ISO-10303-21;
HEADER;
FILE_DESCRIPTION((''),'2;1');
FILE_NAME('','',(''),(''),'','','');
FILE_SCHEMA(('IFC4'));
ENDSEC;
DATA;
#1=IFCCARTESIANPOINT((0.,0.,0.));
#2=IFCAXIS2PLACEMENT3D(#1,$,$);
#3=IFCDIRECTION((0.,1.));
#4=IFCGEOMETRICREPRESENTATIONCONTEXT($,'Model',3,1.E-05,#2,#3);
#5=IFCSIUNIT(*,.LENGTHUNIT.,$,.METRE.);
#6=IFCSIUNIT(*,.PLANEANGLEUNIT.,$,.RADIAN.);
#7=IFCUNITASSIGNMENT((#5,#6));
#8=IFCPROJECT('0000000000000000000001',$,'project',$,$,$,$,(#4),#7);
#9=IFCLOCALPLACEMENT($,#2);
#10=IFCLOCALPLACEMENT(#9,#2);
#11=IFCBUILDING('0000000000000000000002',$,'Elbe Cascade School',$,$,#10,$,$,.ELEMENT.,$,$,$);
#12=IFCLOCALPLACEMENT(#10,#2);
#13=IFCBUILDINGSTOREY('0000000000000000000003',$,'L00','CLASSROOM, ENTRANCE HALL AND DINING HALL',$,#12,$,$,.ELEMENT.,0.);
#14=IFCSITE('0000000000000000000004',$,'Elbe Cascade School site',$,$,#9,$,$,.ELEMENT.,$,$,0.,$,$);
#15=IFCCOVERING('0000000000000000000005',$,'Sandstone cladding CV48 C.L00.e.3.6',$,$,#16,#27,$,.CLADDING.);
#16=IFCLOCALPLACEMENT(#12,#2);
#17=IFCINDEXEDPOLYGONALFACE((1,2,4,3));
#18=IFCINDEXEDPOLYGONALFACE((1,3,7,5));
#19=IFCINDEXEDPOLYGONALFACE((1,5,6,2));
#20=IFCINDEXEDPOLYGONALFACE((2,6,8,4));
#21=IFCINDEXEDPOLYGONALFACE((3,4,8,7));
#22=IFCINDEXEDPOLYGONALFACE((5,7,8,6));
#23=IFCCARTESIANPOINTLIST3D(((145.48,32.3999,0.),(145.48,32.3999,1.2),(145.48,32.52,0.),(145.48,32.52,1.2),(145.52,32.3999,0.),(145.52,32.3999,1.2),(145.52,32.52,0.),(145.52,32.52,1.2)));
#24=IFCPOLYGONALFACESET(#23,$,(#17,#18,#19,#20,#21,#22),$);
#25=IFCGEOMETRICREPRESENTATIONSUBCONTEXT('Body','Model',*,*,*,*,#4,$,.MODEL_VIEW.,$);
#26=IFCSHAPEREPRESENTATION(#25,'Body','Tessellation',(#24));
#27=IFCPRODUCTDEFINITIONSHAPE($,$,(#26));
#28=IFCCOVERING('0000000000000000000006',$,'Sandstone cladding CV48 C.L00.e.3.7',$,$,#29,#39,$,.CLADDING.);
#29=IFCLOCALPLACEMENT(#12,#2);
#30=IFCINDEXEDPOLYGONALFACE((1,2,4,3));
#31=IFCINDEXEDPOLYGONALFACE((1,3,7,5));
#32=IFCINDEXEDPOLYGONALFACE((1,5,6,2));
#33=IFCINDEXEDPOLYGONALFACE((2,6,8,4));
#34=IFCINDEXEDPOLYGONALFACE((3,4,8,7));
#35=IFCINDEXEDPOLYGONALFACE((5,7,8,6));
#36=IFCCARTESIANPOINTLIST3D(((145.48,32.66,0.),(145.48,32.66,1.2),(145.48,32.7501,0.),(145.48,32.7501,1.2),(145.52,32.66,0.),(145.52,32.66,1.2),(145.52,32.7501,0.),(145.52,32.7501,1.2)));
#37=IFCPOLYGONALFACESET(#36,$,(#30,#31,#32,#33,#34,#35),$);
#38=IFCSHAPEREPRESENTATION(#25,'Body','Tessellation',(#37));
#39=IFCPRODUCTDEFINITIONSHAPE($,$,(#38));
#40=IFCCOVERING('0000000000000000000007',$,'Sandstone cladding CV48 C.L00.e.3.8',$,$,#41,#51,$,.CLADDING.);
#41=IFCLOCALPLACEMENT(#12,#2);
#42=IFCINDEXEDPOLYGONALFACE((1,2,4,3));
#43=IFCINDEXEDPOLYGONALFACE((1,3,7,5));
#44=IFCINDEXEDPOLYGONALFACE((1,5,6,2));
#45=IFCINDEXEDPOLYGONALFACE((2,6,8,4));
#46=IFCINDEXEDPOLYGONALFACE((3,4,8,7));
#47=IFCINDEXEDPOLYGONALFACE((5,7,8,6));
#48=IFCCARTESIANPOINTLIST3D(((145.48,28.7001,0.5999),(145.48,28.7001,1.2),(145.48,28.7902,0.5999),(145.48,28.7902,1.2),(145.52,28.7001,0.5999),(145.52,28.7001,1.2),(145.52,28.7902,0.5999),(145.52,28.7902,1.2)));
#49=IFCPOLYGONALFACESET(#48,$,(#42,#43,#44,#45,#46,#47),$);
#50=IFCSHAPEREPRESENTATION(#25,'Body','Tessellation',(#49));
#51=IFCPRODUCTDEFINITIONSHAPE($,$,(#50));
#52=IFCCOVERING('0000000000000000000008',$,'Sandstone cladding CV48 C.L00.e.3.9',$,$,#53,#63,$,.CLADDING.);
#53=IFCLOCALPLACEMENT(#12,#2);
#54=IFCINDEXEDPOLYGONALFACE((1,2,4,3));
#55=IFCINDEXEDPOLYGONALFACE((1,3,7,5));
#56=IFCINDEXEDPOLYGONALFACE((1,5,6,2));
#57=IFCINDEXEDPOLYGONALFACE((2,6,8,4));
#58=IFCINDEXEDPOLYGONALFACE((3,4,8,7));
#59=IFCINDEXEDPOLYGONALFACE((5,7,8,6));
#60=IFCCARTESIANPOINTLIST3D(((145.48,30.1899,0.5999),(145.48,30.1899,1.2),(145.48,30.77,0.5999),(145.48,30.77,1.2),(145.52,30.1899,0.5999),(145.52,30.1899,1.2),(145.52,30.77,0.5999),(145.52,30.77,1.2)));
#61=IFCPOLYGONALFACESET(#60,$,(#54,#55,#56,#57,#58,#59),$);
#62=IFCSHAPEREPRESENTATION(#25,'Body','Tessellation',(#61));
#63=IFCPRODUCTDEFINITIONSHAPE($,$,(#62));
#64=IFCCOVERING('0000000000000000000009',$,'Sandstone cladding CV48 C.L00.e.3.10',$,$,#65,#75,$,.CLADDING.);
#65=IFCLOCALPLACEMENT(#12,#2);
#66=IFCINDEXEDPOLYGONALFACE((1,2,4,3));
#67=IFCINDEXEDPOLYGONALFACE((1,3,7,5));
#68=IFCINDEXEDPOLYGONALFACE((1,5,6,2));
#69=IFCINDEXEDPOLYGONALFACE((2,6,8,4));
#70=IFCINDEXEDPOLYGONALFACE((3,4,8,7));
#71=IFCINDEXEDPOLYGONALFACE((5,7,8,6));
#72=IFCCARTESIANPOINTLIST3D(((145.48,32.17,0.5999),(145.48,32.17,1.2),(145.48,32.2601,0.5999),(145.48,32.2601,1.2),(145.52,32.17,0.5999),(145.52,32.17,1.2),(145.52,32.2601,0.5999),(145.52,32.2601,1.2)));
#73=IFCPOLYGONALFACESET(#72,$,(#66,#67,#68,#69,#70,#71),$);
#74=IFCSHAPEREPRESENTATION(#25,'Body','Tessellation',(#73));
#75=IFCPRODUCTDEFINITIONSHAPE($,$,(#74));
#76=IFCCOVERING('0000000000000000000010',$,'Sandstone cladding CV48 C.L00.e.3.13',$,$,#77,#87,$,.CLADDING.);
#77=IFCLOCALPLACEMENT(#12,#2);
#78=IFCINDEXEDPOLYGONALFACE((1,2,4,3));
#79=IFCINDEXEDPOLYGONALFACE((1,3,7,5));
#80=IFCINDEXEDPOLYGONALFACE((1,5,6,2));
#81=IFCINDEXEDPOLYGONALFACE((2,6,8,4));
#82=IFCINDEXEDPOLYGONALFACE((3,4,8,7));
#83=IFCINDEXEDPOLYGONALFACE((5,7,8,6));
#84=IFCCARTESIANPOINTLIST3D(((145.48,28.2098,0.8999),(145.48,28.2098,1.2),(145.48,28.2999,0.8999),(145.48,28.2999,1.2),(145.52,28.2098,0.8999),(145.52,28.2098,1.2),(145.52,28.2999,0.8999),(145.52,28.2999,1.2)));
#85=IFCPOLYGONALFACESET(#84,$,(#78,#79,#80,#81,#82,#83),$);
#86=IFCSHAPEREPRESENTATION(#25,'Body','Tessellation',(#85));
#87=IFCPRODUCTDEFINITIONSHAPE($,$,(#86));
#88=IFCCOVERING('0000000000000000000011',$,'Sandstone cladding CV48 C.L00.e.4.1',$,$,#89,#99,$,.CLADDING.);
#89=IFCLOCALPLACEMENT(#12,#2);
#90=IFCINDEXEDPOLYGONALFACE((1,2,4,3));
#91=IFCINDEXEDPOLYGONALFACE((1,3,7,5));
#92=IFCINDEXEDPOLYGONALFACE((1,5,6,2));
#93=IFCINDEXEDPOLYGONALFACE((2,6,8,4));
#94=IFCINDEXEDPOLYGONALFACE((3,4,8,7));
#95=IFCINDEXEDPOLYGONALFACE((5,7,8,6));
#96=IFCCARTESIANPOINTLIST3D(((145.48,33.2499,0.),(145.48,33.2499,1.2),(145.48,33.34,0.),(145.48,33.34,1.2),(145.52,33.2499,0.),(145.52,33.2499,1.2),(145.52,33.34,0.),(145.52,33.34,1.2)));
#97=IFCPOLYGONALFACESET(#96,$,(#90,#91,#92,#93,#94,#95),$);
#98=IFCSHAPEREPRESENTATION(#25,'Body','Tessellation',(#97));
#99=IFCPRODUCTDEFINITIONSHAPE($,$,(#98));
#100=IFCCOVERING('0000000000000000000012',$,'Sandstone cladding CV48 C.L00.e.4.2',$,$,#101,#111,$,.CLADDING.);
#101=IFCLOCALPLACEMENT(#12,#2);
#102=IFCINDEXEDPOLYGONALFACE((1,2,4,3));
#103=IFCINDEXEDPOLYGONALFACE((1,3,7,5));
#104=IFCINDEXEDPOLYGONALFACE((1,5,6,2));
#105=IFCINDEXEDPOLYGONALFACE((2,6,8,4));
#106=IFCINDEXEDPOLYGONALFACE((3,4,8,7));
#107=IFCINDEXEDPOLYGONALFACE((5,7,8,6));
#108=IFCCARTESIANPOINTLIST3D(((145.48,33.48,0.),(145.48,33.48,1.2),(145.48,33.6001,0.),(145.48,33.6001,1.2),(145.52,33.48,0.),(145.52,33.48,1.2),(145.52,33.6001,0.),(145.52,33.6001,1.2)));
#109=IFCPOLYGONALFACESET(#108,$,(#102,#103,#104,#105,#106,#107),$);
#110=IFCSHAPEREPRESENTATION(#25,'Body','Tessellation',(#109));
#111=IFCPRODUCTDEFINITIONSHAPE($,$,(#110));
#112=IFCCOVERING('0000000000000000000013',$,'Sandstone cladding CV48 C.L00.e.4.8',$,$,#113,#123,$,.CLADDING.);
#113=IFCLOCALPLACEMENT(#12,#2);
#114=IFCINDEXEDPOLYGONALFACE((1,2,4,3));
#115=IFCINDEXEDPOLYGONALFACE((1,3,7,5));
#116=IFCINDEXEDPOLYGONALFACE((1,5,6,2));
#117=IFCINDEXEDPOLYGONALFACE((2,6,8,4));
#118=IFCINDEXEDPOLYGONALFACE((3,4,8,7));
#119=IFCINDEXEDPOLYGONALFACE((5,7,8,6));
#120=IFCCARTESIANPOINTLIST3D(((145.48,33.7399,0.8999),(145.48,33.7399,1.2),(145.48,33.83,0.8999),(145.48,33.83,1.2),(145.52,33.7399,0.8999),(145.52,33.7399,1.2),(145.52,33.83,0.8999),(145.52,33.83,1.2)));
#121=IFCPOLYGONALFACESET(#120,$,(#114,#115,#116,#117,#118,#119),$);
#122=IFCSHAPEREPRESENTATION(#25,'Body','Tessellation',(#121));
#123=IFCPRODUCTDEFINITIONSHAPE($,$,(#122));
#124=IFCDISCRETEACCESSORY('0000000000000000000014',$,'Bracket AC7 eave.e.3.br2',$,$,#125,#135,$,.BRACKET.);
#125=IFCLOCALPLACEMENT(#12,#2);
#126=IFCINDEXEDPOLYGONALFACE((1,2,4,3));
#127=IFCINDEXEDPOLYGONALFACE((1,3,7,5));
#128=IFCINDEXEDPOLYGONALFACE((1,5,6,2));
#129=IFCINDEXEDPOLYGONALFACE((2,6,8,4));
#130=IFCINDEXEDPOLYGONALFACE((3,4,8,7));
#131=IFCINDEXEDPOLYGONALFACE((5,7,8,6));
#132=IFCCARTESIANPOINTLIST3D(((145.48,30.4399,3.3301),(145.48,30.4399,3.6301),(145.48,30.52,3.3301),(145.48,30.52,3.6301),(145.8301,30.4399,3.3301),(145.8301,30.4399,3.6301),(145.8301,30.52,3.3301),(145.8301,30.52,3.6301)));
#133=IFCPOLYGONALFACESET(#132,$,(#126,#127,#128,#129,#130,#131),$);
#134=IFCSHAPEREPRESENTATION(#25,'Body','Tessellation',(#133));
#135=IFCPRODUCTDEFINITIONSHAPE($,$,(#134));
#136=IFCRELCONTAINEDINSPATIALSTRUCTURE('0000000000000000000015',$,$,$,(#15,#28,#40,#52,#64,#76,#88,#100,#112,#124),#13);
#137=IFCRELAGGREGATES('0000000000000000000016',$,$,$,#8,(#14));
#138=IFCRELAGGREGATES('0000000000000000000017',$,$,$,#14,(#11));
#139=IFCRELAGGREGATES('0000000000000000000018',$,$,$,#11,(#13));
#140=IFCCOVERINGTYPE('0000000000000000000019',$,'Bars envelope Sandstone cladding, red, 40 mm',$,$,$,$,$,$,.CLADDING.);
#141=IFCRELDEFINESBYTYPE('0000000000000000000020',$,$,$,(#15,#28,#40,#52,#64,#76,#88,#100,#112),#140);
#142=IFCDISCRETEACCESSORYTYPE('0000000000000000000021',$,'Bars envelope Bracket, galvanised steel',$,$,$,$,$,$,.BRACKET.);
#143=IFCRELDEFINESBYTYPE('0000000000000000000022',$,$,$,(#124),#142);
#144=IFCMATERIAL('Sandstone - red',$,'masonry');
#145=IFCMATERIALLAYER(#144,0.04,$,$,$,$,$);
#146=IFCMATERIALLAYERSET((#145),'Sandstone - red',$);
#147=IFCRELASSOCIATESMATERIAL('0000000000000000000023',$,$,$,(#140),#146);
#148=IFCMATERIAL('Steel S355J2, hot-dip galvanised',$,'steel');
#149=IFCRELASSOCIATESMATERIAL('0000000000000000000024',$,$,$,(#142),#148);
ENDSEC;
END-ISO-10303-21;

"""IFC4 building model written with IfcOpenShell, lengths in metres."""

from ifc_helpers import new_model, si_unit, direction, frame, origin, origin_2d, place, context, subcontext, project, spatial, rectangle, extrude, material, layer, layer_set, type_object, element, save


model = new_model("IFC4")

# Units and contexts
model_context = context("Model", 3, precision=1e-05, world=origin(), true_north=direction((0.0, 1.0)))
body_context = subcontext(model_context, "Body", "Model", "MODEL_VIEW")
ifc_project = project(units=[si_unit("LENGTHUNIT", "METRE"), si_unit("PLANEANGLEUNIT", "RADIAN")], contexts=[model_context])

# Site, building, storey
site_placement = place(None, origin())
site = spatial("IfcSite", under=ifc_project, at=site_placement, Name="Elbe Cascade School site", CompositionType="ELEMENT", RefElevation=0.0)
building_placement = place(site_placement, origin())
building = spatial("IfcBuilding", under=site, at=building_placement, Name="Elbe Cascade School", CompositionType="ELEMENT")
storey_placement = place(building_placement, origin())
storey = spatial("IfcBuildingStorey", under=building, at=storey_placement, Name="L00", Description="CLASSROOM, ENTRANCE HALL AND DINING HALL", CompositionType="ELEMENT", Elevation=0.0)

# Coverings
ifc_material_1 = material(Name="Sandstone - red", Category="masonry")
ifc_layer = layer(ifc_material_1, 0.04)
ifc_layer_set = layer_set([ifc_layer], Name="Sandstone - red")
covering_type_1 = type_object("IfcCoveringType", Name="Bars envelope Sandstone cladding, red, 40 mm", PredefinedType="CLADDING", material=ifc_layer_set)
covering_1_placement = place(storey_placement, frame((145.5, 32.46, 0.0), z_axis=(0.0, 0.0, 1.0), x_axis=(0.0, 1.0, 0.0)))
element("IfcCovering", 1, at=covering_1_placement, inside=storey, type_object=covering_type_1, Name="Sandstone cladding CV48 C.L00.e.3.6", PredefinedType="CLADDING", context=body_context, shape_type="SweptSolid", body=[
    extrude(rectangle(XDim=0.1201, YDim=0.04, at=origin_2d()), origin(), (0.0, 0.0, 1.0), 1.2),
])
covering_2_placement = place(storey_placement, frame((145.5, 32.7051, 0.0), z_axis=(0.0, 0.0, 1.0), x_axis=(0.0, 1.0, 0.0)))
element("IfcCovering", 2, at=covering_2_placement, inside=storey, type_object=covering_type_1, Name="Sandstone cladding CV48 C.L00.e.3.7", PredefinedType="CLADDING", context=body_context, shape_type="SweptSolid", body=[
    extrude(rectangle(XDim=0.0901, YDim=0.04, at=origin_2d()), origin(), (0.0, 0.0, 1.0), 1.2),
])
covering_3_placement = place(storey_placement, frame((145.5, 28.7451, 0.5999), z_axis=(0.0, 0.0, 1.0), x_axis=(0.0, 1.0, 0.0)))
element("IfcCovering", 3, at=covering_3_placement, inside=storey, type_object=covering_type_1, Name="Sandstone cladding CV48 C.L00.e.3.8", PredefinedType="CLADDING", context=body_context, shape_type="SweptSolid", body=[
    extrude(rectangle(XDim=0.0901, YDim=0.04, at=origin_2d()), origin(), (0.0, 0.0, 1.0), 0.6001),
])
covering_4_placement = place(storey_placement, frame((145.5, 30.48, 0.5999), z_axis=(0.0, 0.0, 1.0), x_axis=(0.0, 1.0, 0.0)))
element("IfcCovering", 4, at=covering_4_placement, inside=storey, type_object=covering_type_1, Name="Sandstone cladding CV48 C.L00.e.3.9", PredefinedType="CLADDING", context=body_context, shape_type="SweptSolid", body=[
    extrude(rectangle(XDim=0.5801, YDim=0.04, at=origin_2d()), origin(), (0.0, 0.0, 1.0), 0.6001),
])
covering_5_placement = place(storey_placement, frame((145.5, 32.2151, 0.5999), z_axis=(0.0, 0.0, 1.0), x_axis=(0.0, 1.0, 0.0)))
element("IfcCovering", 5, at=covering_5_placement, inside=storey, type_object=covering_type_1, Name="Sandstone cladding CV48 C.L00.e.3.10", PredefinedType="CLADDING", context=body_context, shape_type="SweptSolid", body=[
    extrude(rectangle(XDim=0.0901, YDim=0.04, at=origin_2d()), origin(), (0.0, 0.0, 1.0), 0.6001),
])
covering_6_placement = place(storey_placement, frame((145.5, 28.2549, 0.8999), z_axis=(0.0, 0.0, 1.0), x_axis=(0.0, 1.0, 0.0)))
element("IfcCovering", 6, at=covering_6_placement, inside=storey, type_object=covering_type_1, Name="Sandstone cladding CV48 C.L00.e.3.13", PredefinedType="CLADDING", context=body_context, shape_type="SweptSolid", body=[
    extrude(rectangle(XDim=0.0901, YDim=0.04, at=origin_2d()), origin(), (0.0, 0.0, 1.0), 0.3),
])
covering_7_placement = place(storey_placement, frame((145.5, 33.2949, 0.0), z_axis=(0.0, 0.0, 1.0), x_axis=(0.0, 1.0, 0.0)))
element("IfcCovering", 7, at=covering_7_placement, inside=storey, type_object=covering_type_1, Name="Sandstone cladding CV48 C.L00.e.4.1", PredefinedType="CLADDING", context=body_context, shape_type="SweptSolid", body=[
    extrude(rectangle(XDim=0.0901, YDim=0.04, at=origin_2d()), origin(), (0.0, 0.0, 1.0), 1.2),
])
covering_8_placement = place(storey_placement, frame((145.5, 33.54, 0.0), z_axis=(0.0, 0.0, 1.0), x_axis=(0.0, 1.0, 0.0)))
element("IfcCovering", 8, at=covering_8_placement, inside=storey, type_object=covering_type_1, Name="Sandstone cladding CV48 C.L00.e.4.2", PredefinedType="CLADDING", context=body_context, shape_type="SweptSolid", body=[
    extrude(rectangle(XDim=0.1201, YDim=0.04, at=origin_2d()), origin(), (0.0, 0.0, 1.0), 1.2),
])
covering_9_placement = place(storey_placement, frame((145.5, 33.7849, 0.8999), z_axis=(0.0, 0.0, 1.0), x_axis=(0.0, 1.0, 0.0)))
element("IfcCovering", 9, at=covering_9_placement, inside=storey, type_object=covering_type_1, Name="Sandstone cladding CV48 C.L00.e.4.8", PredefinedType="CLADDING", context=body_context, shape_type="SweptSolid", body=[
    extrude(rectangle(XDim=0.0901, YDim=0.04, at=origin_2d()), origin(), (0.0, 0.0, 1.0), 0.3),
])

# Discrete accessory
ifc_material_2 = material(Name="Steel S355J2, hot-dip galvanised", Category="steel")
discrete_accessory_type = type_object("IfcDiscreteAccessoryType", Name="Bars envelope Bracket, galvanised steel", PredefinedType="BRACKET", material=ifc_material_2)
discrete_accessory_placement = place(storey_placement, frame((145.655, 30.48, 3.3301), z_axis=(0.0, 0.0, 1.0), x_axis=(0.0, 1.0, 0.0)))
element("IfcDiscreteAccessory", 10, at=discrete_accessory_placement, inside=storey, type_object=discrete_accessory_type, Name="Bracket AC7 eave.e.3.br2", PredefinedType="BRACKET", context=body_context, shape_type="SweptSolid", body=[
    extrude(rectangle(XDim=0.0801, YDim=0.3501, at=origin_2d()), origin(), (0.0, 0.0, 1.0), 0.3),
])

save(model, "model.ifc")
